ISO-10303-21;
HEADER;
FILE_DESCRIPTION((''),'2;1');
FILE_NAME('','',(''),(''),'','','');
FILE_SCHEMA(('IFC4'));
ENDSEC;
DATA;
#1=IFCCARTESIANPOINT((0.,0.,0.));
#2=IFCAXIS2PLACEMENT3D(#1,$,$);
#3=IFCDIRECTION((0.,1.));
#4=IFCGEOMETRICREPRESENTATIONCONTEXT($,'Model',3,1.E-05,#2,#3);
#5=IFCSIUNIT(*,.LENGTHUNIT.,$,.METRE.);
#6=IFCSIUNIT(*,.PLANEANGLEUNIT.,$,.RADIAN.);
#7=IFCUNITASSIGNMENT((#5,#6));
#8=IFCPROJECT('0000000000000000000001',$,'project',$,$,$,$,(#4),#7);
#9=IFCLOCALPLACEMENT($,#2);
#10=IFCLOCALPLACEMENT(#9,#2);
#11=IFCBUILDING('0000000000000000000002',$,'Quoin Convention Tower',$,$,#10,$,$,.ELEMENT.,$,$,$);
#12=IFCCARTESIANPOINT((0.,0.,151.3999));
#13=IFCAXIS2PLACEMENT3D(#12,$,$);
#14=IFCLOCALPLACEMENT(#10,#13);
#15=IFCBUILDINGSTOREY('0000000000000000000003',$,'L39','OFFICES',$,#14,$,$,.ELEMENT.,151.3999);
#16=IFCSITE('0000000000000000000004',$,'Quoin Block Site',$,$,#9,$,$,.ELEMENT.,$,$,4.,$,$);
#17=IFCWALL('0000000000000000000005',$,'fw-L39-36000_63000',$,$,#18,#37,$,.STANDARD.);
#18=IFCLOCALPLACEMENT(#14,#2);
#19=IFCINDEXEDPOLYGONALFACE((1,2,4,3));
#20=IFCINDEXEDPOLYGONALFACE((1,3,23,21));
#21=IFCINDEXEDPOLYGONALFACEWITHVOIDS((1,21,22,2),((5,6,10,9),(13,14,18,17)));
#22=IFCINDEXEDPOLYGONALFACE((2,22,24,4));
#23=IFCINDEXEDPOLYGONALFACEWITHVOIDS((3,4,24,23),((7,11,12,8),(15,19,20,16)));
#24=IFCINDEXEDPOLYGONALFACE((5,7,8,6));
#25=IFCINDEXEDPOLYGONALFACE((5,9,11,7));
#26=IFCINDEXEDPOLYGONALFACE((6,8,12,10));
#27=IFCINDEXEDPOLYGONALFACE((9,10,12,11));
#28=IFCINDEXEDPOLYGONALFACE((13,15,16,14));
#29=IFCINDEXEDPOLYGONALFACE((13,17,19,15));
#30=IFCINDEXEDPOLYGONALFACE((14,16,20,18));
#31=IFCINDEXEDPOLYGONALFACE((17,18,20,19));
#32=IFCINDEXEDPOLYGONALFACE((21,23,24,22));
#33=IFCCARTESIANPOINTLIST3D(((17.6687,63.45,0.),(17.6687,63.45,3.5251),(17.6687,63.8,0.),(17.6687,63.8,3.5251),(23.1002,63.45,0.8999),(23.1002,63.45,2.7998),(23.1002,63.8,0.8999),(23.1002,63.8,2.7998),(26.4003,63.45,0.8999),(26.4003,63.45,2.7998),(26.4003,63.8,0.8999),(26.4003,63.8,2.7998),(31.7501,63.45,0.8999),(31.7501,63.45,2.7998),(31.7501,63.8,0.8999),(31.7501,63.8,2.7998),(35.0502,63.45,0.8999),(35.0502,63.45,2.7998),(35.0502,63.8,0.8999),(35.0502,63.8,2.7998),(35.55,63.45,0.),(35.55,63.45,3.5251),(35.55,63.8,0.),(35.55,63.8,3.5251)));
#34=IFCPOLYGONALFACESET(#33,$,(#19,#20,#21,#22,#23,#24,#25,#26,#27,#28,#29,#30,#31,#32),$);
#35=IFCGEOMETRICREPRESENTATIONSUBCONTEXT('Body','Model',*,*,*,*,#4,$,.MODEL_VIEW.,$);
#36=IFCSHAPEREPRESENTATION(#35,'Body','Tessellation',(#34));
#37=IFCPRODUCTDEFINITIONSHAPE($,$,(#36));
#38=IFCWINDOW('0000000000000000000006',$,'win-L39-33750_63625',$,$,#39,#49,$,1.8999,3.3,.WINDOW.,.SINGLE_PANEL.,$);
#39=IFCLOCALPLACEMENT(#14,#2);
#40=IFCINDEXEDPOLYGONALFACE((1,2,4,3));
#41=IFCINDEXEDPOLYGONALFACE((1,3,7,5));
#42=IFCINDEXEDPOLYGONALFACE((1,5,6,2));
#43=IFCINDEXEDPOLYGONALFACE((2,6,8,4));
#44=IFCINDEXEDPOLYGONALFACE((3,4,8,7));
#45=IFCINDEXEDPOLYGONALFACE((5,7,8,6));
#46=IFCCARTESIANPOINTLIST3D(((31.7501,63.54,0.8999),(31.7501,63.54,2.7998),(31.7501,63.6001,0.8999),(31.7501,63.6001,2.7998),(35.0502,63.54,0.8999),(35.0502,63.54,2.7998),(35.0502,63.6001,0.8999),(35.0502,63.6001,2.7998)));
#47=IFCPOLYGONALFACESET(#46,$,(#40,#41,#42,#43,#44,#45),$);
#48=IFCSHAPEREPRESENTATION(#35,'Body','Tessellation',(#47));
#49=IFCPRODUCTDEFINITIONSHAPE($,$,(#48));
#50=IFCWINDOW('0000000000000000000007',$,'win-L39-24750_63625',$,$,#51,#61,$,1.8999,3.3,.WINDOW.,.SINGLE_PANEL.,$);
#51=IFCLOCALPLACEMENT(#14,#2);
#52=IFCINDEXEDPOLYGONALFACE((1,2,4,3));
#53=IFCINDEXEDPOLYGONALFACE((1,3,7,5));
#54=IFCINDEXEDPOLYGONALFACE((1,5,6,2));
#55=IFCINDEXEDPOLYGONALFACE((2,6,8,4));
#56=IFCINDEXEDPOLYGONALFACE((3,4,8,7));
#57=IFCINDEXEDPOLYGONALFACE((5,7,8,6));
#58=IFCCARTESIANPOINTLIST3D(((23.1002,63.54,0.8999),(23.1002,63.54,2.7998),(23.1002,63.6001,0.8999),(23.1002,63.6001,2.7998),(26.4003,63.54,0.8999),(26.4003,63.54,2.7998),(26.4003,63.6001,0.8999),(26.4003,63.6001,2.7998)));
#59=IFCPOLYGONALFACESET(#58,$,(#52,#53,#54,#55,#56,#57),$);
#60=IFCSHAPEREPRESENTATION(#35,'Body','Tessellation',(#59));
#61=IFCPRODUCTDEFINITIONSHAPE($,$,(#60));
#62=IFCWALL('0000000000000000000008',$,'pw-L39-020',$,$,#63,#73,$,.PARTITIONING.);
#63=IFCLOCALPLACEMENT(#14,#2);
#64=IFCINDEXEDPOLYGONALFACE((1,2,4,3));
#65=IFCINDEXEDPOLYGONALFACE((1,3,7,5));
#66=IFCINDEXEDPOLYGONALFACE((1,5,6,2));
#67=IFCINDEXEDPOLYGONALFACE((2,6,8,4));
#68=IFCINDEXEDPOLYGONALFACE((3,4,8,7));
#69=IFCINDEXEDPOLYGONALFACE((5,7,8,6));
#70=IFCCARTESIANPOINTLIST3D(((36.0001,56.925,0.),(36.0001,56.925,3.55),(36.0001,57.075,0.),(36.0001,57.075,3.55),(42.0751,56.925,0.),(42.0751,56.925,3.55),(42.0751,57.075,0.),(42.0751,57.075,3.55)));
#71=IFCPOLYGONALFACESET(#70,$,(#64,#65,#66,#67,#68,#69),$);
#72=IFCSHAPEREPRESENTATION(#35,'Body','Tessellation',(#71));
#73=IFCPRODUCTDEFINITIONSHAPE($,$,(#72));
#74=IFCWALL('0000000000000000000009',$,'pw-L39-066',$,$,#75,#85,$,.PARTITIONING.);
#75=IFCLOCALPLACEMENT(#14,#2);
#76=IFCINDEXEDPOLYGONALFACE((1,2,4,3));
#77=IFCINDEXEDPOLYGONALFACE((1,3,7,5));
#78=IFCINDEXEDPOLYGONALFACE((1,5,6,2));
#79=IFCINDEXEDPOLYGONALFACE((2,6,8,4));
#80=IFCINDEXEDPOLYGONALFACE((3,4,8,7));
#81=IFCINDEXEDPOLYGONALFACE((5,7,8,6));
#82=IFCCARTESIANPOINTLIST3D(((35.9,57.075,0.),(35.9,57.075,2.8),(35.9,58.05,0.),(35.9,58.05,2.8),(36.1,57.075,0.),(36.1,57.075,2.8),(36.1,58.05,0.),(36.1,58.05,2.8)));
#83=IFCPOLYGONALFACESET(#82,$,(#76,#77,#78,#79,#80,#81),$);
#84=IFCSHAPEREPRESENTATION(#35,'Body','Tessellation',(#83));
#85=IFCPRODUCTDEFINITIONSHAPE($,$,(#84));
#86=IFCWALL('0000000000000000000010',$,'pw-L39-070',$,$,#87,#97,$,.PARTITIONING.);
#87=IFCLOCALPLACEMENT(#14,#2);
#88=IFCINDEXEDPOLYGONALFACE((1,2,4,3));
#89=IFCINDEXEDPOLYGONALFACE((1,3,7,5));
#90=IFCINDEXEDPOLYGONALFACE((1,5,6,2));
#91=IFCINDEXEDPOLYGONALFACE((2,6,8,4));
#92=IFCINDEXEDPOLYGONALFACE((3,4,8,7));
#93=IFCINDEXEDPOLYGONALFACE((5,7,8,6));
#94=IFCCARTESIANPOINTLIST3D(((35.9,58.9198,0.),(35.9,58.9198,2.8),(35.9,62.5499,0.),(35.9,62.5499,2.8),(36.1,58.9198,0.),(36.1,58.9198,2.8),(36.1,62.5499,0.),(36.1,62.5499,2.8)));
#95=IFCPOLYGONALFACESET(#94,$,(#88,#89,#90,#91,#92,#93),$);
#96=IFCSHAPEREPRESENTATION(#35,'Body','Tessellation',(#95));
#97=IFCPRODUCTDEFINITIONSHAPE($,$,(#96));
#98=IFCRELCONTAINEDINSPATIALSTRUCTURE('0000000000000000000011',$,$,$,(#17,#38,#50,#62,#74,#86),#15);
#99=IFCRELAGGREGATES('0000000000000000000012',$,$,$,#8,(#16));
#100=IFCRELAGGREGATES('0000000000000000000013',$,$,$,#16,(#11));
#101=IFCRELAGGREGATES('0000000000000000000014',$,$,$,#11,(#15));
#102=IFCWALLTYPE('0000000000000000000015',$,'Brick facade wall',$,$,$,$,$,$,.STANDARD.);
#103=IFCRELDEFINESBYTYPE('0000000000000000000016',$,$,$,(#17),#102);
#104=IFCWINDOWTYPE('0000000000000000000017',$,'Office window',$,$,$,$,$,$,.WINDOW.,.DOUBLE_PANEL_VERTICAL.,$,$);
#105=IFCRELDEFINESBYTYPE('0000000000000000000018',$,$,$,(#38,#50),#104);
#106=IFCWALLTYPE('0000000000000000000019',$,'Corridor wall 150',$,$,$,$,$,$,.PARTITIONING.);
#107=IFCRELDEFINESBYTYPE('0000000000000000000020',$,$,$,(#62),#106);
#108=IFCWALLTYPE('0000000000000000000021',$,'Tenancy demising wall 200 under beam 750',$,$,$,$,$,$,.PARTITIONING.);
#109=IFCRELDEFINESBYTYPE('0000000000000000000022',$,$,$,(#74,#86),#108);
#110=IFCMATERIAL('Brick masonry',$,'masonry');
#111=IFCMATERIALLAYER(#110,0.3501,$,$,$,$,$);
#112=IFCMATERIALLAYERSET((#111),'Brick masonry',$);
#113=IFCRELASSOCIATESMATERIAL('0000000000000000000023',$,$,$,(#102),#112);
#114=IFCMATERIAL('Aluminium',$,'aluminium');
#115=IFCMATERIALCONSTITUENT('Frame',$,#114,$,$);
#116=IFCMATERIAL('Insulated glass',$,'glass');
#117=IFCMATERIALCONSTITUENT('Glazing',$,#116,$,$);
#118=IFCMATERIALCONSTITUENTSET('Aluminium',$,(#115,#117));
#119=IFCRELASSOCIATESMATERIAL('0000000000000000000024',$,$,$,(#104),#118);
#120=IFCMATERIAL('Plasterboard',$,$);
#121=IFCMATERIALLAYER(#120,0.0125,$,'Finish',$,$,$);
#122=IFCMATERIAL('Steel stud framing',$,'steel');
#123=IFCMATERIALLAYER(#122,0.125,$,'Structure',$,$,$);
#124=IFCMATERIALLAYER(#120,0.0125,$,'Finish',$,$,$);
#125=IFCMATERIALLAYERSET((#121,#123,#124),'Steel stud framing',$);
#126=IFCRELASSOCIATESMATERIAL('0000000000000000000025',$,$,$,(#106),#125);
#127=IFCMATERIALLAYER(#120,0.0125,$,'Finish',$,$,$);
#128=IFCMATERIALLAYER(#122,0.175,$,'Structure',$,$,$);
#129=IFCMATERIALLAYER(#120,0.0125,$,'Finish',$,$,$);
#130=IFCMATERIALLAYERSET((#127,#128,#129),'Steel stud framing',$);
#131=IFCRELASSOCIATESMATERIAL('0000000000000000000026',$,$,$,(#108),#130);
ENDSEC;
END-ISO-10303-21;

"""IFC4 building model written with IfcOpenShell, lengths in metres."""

from ifc_helpers import new_model, si_unit, direction, frame, frame_2d, origin, place, context, subcontext, project, spatial, rectangle, extrude, material, layer, layer_set, constituent, constituent_set, type_object, element, fill, save


model = new_model("IFC4")

# Units and contexts
model_context = context("Model", 3, precision=1e-05, world=origin(), true_north=direction((0.0, 1.0)))
body_context = subcontext(model_context, "Body", "Model", "MODEL_VIEW")
ifc_project = project(units=[si_unit("LENGTHUNIT", "METRE"), si_unit("PLANEANGLEUNIT", "RADIAN")], contexts=[model_context])

# Site, building, storey
site_placement = place(None, origin())
site = spatial("IfcSite", under=ifc_project, at=site_placement, Name="Quoin Block Site", CompositionType="ELEMENT", RefElevation=4.0)
building_placement = place(site_placement, origin())
building = spatial("IfcBuilding", under=site, at=building_placement, Name="Quoin Convention Tower", CompositionType="ELEMENT")
storey_placement = place(building_placement, frame((0.0, 0.0, 151.3999)))
storey = spatial("IfcBuildingStorey", under=building, at=storey_placement, Name="L39", Description="OFFICES", CompositionType="ELEMENT", Elevation=151.3999)

# Shared definitions
ifc_material_1 = material(Name="Plasterboard")
ifc_material_2 = material(Name="Steel stud framing", Category="steel")

# Wall, openings, windows
ifc_material_3 = material(Name="Brick masonry", Category="masonry")
ifc_layer_1 = layer(ifc_material_3, 0.3501)
ifc_layer_set_1 = layer_set([ifc_layer_1], Name="Brick masonry")
wall_type_1 = type_object("IfcWallType", Name="Brick facade wall", PredefinedType="STANDARD", material=ifc_layer_set_1)
wall_1_placement = place(storey_placement, frame((35.55, 63.625, 0.0), z_axis=(0.0, 0.0, 1.0), x_axis=(-1.0, 0.0, 0.0)))
wall_1 = element("IfcWall", 1, at=wall_1_placement, inside=storey, type_object=wall_type_1, Name="fw-L39-36000_63000", PredefinedType="STANDARD", context=body_context, shape_type="SweptSolid", body=[
    extrude(rectangle(XDim=17.8813, YDim=0.3501, at=frame_2d((8.9407, 0.0))), origin(), (0.0, 0.0, 1.0), 3.5251),
])
opening_1_placement = place(wall_1_placement, frame((0.5, 0.0, 0.8999)))
opening_1 = element("IfcOpeningElement", 2, at=opening_1_placement, cuts=wall_1, PredefinedType="OPENING", context=body_context, shape_type="SweptSolid", body=[
    extrude(rectangle(XDim=3.3, YDim=1.8999, at=frame_2d((1.6499, 0.95))), frame((0.0, 0.1851, 0.0), z_axis=(0.0, -1.0, 0.0), x_axis=(1.0, 0.0, 0.0)), (0.0, 0.0, 1.0), 0.3701),
])
opening_2_placement = place(wall_1_placement, frame((9.1499, 0.0, 0.8999)))
opening_2 = element("IfcOpeningElement", 3, at=opening_2_placement, cuts=wall_1, PredefinedType="OPENING", context=body_context, shape_type="SweptSolid", body=[
    extrude(rectangle(XDim=3.3, YDim=1.8999, at=frame_2d((1.6499, 0.95))), frame((0.0, 0.1851, 0.0), z_axis=(0.0, -1.0, 0.0), x_axis=(1.0, 0.0, 0.0)), (0.0, 0.0, 1.0), 0.3701),
])
ifc_material_4 = material(Name="Aluminium", Category="aluminium")
ifc_constituent_1 = constituent(ifc_material_4, Name="Frame")
ifc_material_5 = material(Name="Insulated glass", Category="glass")
ifc_constituent_2 = constituent(ifc_material_5, Name="Glazing")
ifc_constituent_set = constituent_set(constituents=[ifc_constituent_1, ifc_constituent_2], Name="Aluminium")
window_type = type_object("IfcWindowType", Name="Office window", PartitioningType="DOUBLE_PANEL_VERTICAL", PredefinedType="WINDOW", material=ifc_constituent_set)
window_1_placement = place(opening_1_placement, origin())
window_1 = element("IfcWindow", 4, at=window_1_placement, inside=storey, type_object=window_type, Name="win-L39-33750_63625", OverallHeight=1.8999, OverallWidth=3.3, PartitioningType="SINGLE_PANEL", PredefinedType="WINDOW", context=body_context, shape_type="SweptSolid", body=[
    extrude(rectangle(XDim=3.3, YDim=1.8999, at=frame_2d((1.6499, 0.95))), frame((0.0, 0.085, 0.0), z_axis=(0.0, -1.0, 0.0), x_axis=(1.0, 0.0, 0.0)), (0.0, 0.0, 1.0), 0.0601),
])
fill(opening_1, window_1)
window_2_placement = place(opening_2_placement, origin())
window_2 = element("IfcWindow", 5, at=window_2_placement, inside=storey, type_object=window_type, Name="win-L39-24750_63625", OverallHeight=1.8999, OverallWidth=3.3, PartitioningType="SINGLE_PANEL", PredefinedType="WINDOW", context=body_context, shape_type="SweptSolid", body=[
    extrude(rectangle(XDim=3.3, YDim=1.8999, at=frame_2d((1.6499, 0.95))), frame((0.0, 0.085, 0.0), z_axis=(0.0, -1.0, 0.0), x_axis=(1.0, 0.0, 0.0)), (0.0, 0.0, 1.0), 0.0601),
])
fill(opening_2, window_2)

# Walls
ifc_layer_2 = layer(ifc_material_1, 0.0125, Name="Finish")
ifc_layer_3 = layer(ifc_material_2, 0.125, Name="Structure")
ifc_layer_4 = layer(ifc_material_1, 0.0125, Name="Finish")
ifc_layer_set_2 = layer_set([ifc_layer_2, ifc_layer_3, ifc_layer_4], Name="Steel stud framing")
wall_type_2 = type_object("IfcWallType", Name="Corridor wall 150", PredefinedType="PARTITIONING", material=ifc_layer_set_2)
wall_2_placement = place(storey_placement, frame((36.0, 57.0, 0.0), z_axis=(0.0, 0.0, 1.0), x_axis=(1.0, 0.0, 0.0)))
element("IfcWall", 6, at=wall_2_placement, inside=storey, type_object=wall_type_2, Name="pw-L39-020", PredefinedType="PARTITIONING", context=body_context, shape_type="SweptSolid", body=[
    extrude(rectangle(XDim=6.075, YDim=0.1499, at=frame_2d((3.0376, 0.0))), origin(), (0.0, 0.0, 1.0), 3.55),
])
ifc_layer_5 = layer(ifc_material_1, 0.0125, Name="Finish")
ifc_layer_6 = layer(ifc_material_2, 0.175, Name="Structure")
ifc_layer_7 = layer(ifc_material_1, 0.0125, Name="Finish")
ifc_layer_set_3 = layer_set([ifc_layer_5, ifc_layer_6, ifc_layer_7], Name="Steel stud framing")
wall_type_3 = type_object("IfcWallType", Name="Tenancy demising wall 200 under beam 750", PredefinedType="PARTITIONING", material=ifc_layer_set_3)
wall_3_placement = place(storey_placement, frame((36.0, 57.075, 0.0), z_axis=(0.0, 0.0, 1.0), x_axis=(0.0, 1.0, 0.0)))
element("IfcWall", 7, at=wall_3_placement, inside=storey, type_object=wall_type_3, Name="pw-L39-066", PredefinedType="PARTITIONING", context=body_context, shape_type="SweptSolid", body=[
    extrude(rectangle(XDim=0.9751, YDim=0.2, at=frame_2d((0.4875, 0.0))), origin(), (0.0, 0.0, 1.0), 2.8),
])
wall_4_placement = place(storey_placement, frame((36.0, 58.9199, 0.0), z_axis=(0.0, 0.0, 1.0), x_axis=(0.0, 1.0, 0.0)))
element("IfcWall", 8, at=wall_4_placement, inside=storey, type_object=wall_type_3, Name="pw-L39-070", PredefinedType="PARTITIONING", context=body_context, shape_type="SweptSolid", body=[
    extrude(rectangle(XDim=3.6301, YDim=0.2, at=frame_2d((1.8149, 0.0))), origin(), (0.0, 0.0, 1.0), 2.8),
])

save(model, "model.ifc")
